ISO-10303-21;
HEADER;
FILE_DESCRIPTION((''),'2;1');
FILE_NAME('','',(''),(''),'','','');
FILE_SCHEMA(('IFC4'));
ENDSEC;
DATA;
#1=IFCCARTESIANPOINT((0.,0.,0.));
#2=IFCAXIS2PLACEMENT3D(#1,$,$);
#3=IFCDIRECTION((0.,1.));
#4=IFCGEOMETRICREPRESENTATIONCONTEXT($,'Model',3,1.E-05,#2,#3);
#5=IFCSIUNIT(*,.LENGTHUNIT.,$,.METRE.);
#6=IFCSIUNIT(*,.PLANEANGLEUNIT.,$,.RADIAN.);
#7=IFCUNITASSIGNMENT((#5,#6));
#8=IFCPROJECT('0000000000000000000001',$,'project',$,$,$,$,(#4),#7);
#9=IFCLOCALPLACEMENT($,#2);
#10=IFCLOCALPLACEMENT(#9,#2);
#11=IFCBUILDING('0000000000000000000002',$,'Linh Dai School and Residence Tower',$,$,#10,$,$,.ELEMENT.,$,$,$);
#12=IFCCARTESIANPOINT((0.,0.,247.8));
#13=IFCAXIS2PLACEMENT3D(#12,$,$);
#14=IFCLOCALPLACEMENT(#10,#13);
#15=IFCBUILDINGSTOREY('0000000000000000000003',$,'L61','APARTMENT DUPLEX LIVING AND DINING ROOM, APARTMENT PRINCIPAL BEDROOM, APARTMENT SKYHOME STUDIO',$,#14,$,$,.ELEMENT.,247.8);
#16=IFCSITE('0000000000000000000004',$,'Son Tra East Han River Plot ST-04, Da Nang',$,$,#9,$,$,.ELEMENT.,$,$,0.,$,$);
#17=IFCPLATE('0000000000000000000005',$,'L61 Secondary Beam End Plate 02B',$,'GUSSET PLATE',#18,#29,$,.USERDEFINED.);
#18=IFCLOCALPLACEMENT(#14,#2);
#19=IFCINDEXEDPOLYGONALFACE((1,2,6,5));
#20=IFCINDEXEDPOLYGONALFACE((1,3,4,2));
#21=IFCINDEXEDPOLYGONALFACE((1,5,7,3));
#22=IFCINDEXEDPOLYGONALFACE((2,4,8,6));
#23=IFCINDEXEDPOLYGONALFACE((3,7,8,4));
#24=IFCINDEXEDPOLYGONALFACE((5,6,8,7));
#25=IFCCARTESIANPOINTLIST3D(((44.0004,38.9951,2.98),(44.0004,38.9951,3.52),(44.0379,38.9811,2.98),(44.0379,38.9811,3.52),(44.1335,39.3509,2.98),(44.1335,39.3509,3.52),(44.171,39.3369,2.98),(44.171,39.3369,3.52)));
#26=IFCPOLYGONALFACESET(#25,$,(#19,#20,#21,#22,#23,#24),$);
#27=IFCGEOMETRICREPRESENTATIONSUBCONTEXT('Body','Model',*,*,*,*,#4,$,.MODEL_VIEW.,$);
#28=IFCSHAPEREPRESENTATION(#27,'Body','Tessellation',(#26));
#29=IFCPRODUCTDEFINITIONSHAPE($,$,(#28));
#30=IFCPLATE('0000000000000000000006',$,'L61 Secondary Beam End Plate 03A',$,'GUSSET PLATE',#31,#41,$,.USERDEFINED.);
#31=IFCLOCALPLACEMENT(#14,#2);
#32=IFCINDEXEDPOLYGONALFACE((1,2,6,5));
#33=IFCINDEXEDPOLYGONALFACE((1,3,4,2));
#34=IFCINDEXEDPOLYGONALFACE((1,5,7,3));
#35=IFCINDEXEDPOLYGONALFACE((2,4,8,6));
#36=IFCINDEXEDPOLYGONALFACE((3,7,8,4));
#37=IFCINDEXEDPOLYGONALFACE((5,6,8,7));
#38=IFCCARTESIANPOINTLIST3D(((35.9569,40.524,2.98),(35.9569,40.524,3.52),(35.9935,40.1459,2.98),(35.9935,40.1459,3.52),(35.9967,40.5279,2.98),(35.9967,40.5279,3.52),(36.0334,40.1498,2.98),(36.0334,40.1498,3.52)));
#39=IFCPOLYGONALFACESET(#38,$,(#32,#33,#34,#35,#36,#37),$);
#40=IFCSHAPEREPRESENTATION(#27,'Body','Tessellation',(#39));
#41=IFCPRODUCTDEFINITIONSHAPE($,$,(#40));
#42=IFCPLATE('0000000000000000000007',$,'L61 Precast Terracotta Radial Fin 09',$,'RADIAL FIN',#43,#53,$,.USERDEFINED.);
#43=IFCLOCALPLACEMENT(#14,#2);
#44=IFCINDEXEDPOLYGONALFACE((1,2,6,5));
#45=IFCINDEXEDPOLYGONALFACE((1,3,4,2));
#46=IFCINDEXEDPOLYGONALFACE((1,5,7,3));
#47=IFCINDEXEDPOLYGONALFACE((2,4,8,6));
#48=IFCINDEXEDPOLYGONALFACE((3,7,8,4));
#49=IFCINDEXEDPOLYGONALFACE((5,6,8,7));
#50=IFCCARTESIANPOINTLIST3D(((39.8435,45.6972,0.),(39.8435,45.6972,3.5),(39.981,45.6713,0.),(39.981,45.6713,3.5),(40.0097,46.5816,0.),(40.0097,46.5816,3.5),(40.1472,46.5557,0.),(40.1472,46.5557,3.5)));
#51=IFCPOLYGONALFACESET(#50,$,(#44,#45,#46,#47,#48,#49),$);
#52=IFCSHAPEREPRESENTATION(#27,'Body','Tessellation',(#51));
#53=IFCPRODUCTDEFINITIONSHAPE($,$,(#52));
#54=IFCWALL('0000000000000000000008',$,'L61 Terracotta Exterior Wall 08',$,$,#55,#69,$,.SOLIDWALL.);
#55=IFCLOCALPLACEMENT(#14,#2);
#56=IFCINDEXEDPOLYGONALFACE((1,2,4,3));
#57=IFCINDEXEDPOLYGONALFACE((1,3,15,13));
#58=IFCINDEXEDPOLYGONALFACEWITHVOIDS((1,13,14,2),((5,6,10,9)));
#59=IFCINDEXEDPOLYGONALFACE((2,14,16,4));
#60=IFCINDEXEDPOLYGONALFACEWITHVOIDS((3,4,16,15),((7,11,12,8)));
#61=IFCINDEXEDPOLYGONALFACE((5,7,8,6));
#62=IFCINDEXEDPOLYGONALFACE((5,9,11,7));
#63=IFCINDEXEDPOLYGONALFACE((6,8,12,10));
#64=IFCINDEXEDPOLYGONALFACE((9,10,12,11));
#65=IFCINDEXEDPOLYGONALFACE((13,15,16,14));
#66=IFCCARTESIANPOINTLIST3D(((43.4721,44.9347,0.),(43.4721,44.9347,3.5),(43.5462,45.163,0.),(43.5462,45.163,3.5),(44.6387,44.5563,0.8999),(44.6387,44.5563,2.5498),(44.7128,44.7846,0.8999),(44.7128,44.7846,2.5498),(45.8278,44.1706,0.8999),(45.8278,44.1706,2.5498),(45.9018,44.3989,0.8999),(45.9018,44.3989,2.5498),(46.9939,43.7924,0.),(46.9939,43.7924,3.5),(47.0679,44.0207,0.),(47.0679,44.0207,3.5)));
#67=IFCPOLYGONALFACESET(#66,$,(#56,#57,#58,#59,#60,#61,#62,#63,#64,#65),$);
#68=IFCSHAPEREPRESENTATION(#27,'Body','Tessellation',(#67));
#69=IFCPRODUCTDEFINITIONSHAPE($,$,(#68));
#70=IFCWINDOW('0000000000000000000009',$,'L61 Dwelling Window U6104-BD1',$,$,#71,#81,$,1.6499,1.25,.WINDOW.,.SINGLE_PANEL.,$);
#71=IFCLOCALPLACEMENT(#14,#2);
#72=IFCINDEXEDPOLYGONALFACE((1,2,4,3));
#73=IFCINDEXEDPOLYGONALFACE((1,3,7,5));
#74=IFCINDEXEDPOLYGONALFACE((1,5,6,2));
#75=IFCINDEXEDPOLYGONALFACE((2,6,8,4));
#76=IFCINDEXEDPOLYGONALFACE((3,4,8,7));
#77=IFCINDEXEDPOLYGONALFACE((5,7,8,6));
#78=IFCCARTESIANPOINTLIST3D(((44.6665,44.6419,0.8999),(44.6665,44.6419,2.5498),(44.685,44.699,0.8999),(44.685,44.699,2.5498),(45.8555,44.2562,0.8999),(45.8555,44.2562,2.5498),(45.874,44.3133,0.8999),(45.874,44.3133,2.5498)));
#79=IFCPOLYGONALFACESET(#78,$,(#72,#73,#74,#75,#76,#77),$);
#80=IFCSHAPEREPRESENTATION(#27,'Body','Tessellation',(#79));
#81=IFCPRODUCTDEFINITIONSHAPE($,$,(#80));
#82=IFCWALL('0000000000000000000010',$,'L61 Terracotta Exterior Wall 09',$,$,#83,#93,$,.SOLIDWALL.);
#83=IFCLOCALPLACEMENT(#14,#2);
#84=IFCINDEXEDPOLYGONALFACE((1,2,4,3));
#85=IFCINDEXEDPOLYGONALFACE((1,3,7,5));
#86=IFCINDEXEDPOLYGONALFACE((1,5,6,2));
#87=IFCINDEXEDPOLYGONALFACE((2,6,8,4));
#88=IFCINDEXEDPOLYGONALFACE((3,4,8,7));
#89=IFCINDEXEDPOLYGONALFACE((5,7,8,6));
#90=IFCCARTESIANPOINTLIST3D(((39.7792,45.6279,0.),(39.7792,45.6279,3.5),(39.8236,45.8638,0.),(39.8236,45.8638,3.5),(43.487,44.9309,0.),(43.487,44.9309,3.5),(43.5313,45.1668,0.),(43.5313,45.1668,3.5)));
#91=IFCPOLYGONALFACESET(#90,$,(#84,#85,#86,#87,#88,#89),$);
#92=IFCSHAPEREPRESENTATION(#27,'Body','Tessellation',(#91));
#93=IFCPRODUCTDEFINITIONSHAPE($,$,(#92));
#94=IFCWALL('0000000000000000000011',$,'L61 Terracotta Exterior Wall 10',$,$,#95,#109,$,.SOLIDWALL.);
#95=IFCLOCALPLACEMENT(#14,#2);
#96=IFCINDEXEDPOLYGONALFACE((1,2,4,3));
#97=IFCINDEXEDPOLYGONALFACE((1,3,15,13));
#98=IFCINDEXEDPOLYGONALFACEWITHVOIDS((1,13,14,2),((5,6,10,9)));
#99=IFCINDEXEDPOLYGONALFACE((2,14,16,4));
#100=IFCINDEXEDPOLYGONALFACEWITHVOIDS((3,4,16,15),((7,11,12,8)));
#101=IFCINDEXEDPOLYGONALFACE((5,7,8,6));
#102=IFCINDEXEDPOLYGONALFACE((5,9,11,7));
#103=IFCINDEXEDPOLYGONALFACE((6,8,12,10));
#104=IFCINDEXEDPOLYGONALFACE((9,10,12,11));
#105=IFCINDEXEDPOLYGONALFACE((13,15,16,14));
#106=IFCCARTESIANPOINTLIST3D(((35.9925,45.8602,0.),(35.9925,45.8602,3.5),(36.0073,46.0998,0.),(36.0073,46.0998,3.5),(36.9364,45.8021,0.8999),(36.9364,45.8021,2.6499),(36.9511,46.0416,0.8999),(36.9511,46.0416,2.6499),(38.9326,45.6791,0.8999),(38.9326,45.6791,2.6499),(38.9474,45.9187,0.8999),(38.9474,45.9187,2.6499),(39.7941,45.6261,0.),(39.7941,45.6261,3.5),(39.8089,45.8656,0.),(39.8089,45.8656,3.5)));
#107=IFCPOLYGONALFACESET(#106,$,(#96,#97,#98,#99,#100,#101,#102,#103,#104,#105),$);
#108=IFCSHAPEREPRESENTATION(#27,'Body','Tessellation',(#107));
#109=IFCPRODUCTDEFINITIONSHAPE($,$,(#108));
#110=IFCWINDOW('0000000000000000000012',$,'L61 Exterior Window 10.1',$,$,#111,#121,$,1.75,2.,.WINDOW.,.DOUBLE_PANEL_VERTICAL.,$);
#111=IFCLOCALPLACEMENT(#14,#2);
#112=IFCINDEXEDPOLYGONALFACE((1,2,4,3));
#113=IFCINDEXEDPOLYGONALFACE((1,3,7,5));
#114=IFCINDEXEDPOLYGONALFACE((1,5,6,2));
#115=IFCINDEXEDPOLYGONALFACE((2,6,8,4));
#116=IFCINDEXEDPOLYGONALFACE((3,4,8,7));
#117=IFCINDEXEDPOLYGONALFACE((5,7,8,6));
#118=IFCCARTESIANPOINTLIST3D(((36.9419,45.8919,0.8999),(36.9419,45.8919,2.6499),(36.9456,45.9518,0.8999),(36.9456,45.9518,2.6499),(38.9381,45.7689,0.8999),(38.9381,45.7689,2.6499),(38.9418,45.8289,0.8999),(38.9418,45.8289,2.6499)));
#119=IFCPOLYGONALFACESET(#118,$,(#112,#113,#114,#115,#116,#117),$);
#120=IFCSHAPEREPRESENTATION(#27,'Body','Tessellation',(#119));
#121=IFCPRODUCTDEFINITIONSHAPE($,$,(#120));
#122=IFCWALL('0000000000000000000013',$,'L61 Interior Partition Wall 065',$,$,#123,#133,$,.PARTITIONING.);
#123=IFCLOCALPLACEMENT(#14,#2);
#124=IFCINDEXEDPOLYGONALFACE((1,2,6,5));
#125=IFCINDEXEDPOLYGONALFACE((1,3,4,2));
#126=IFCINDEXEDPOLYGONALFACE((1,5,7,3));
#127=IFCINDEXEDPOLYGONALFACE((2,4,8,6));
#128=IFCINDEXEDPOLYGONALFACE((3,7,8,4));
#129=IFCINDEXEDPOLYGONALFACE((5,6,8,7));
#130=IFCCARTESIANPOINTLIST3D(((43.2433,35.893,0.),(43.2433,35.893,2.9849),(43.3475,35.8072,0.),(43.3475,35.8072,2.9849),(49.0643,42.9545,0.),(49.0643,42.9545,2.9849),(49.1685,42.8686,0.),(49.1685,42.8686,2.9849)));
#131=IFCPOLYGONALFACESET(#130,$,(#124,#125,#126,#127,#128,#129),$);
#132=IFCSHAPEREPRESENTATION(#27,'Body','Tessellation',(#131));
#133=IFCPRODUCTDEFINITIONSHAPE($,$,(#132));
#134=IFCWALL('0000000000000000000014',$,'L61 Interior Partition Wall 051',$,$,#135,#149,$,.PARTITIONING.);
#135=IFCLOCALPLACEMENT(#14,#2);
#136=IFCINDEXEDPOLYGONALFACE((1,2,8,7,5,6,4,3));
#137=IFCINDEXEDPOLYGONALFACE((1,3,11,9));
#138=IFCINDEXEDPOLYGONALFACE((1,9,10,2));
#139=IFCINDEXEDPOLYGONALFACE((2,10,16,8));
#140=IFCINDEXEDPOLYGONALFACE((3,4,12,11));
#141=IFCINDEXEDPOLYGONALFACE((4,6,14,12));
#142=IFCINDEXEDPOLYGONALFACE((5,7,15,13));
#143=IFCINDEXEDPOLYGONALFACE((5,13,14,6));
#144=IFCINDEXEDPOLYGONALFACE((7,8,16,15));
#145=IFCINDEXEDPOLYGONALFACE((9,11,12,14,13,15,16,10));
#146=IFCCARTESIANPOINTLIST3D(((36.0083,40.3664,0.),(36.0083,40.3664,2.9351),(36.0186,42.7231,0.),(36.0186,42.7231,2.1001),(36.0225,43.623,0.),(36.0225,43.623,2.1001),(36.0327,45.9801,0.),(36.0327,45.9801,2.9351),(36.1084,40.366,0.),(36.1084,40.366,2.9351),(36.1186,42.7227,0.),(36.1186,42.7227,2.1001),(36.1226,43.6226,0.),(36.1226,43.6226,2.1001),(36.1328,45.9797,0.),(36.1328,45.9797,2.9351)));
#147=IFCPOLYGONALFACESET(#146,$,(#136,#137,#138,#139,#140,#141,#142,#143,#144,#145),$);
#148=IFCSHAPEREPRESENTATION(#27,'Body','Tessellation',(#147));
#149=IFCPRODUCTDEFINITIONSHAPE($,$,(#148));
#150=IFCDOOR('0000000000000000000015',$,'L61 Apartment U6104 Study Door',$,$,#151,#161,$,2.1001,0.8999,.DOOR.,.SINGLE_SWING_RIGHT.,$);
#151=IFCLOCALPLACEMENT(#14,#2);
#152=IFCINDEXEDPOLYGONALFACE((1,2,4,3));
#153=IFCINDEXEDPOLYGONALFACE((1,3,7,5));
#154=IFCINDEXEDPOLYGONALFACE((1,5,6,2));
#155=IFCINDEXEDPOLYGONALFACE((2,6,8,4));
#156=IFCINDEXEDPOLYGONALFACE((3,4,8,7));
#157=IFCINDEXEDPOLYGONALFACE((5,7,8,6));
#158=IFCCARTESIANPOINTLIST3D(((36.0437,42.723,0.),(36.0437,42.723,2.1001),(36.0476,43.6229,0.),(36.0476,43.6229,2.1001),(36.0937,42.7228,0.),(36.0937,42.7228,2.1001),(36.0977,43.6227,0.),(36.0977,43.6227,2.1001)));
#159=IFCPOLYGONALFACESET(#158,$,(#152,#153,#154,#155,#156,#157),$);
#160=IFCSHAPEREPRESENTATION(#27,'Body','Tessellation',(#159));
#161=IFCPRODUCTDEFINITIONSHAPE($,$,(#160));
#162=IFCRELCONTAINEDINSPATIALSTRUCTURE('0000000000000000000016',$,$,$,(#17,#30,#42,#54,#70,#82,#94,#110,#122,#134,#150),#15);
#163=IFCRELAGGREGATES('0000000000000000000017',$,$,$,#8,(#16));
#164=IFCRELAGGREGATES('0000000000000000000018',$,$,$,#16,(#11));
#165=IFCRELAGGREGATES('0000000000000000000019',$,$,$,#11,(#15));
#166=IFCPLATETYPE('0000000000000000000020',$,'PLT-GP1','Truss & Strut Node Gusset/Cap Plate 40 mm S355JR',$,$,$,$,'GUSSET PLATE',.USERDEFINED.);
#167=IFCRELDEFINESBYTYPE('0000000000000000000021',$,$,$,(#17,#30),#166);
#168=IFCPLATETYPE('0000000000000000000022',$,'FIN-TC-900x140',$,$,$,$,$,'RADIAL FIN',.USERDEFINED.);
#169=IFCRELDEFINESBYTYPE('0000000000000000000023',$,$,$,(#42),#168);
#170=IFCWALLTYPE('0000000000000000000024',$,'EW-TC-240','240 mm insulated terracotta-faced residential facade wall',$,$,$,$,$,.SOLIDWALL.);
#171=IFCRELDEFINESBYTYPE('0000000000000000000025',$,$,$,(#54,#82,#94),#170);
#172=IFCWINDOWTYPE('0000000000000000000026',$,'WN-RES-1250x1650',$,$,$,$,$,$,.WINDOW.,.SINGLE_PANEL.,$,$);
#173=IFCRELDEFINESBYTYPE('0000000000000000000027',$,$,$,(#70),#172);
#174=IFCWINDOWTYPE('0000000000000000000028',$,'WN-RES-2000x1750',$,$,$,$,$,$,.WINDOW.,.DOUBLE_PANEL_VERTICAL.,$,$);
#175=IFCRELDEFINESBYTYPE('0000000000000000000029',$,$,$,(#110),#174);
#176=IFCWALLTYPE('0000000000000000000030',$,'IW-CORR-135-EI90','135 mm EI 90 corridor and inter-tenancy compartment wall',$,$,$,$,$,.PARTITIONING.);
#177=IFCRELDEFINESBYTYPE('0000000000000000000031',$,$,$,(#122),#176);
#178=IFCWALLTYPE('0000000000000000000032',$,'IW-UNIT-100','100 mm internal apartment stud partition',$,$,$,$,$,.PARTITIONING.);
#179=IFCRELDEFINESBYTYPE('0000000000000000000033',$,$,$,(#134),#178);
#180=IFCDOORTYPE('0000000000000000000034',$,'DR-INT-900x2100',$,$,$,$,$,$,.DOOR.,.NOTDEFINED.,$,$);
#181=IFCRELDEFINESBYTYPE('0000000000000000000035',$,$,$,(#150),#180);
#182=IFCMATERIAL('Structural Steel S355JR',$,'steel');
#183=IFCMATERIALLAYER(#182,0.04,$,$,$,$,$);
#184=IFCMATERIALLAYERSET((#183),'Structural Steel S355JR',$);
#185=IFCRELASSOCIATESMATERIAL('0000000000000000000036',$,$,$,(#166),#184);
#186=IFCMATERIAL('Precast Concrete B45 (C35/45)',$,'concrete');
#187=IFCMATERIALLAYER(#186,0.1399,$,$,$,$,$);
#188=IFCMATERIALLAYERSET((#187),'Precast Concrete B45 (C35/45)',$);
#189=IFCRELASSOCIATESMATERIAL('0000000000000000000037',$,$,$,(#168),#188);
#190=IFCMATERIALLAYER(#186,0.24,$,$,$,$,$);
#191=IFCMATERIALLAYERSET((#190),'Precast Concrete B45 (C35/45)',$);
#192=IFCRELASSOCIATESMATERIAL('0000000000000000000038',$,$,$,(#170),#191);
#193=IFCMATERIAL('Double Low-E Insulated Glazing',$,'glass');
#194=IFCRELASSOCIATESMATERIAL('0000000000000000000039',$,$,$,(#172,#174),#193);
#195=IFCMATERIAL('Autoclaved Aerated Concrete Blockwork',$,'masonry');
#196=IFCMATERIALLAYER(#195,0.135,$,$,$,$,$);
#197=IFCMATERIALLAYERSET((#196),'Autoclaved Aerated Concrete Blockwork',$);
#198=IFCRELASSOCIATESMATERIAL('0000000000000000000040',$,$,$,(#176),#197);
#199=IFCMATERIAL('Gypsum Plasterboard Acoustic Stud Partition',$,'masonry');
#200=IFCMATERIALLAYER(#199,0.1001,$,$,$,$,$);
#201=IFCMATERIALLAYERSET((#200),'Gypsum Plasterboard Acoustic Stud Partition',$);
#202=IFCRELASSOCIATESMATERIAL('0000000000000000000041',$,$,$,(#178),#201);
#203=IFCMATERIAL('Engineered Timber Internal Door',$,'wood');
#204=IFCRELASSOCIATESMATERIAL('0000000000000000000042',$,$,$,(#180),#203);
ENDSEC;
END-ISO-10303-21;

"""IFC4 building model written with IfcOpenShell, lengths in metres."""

from ifc_helpers import new_model, si_unit, direction, frame, frame_2d, origin, origin_2d, place, context, subcontext, project, spatial, rectangle, extrude, source, transform, mapped, material, layer, layer_set, type_object, element, fill, save


model = new_model("IFC4")

# Units and contexts
model_context = context("Model", 3, precision=1e-05, world=origin(), true_north=direction((0.0, 1.0)))
body_context = subcontext(model_context, "Body", "Model", "MODEL_VIEW")
ifc_project = project(units=[si_unit("LENGTHUNIT", "METRE"), si_unit("PLANEANGLEUNIT", "RADIAN")], contexts=[model_context])

# Site, building, storey
site_placement = place(None, origin())
site = spatial("IfcSite", under=ifc_project, at=site_placement, Name="Son Tra East Han River Plot ST-04, Da Nang", CompositionType="ELEMENT", RefElevation=0.0)
building_placement = place(site_placement, origin())
building = spatial("IfcBuilding", under=site, at=building_placement, Name="Linh Dai School and Residence Tower", CompositionType="ELEMENT")
storey_placement = place(building_placement, frame((0.0, 0.0, 247.8)))
storey = spatial("IfcBuildingStorey", under=building, at=storey_placement, Name="L61", Description="APARTMENT DUPLEX LIVING AND DINING ROOM, APARTMENT PRINCIPAL BEDROOM, APARTMENT SKYHOME STUDIO", CompositionType="ELEMENT", Elevation=247.8)

# Shared definitions
ifc_material_1 = material(Name="Structural Steel S355JR", Category="steel")

# Plates
ifc_layer_1 = layer(ifc_material_1, 0.04)
ifc_layer_set_1 = layer_set([ifc_layer_1], Name="Structural Steel S355JR")
plate_type_1 = type_object("IfcPlateType", Name="PLT-GP1", Description="Truss & Strut Node Gusset/Cap Plate 40 mm S355JR", ElementType="GUSSET PLATE", PredefinedType="USERDEFINED", material=ifc_layer_set_1)
shared_shape_1 = source(origin(), body_context, "Body", "SweptSolid", [
    extrude(rectangle(XDim=0.04, YDim=0.3799, at=origin_2d()), origin(), (0.0, 0.0, 1.0), 0.54),
])
for number, where, z_axis, x_axis, name in (
    (1, (44.0857, 39.166, 2.98), (0.0, 0.0, 1.0), (-0.936534, 0.350577, 0.0), "L61 Secondary Beam End Plate 02B"),
    (2, (35.9951, 40.3369, 2.98), (0.0, 0.0, 1.0), (-0.995333, -0.096497, 0.0), "L61 Secondary Beam End Plate 03A"),
):
    element("IfcPlate", number, at=place(storey_placement, frame(where, z_axis=z_axis, x_axis=x_axis)), inside=storey, type_object=plate_type_1, Name=name, ObjectType="GUSSET PLATE", PredefinedType="USERDEFINED", context=body_context, shape_type="MappedRepresentation", body=[
        mapped(shared_shape_1, transform((0.0, 0.0, 0.0), x_axis=(1.0, 0.0, 0.0), y_axis=(0.0, 1.0, 0.0), z_axis=(0.0, 0.0, 1.0), scale=1.0)),
    ])
ifc_material_2 = material(Name="Precast Concrete B45 (C35/45)", Category="concrete")
ifc_layer_2 = layer(ifc_material_2, 0.1399)
ifc_layer_set_2 = layer_set([ifc_layer_2], Name="Precast Concrete B45 (C35/45)")
plate_type_2 = type_object("IfcPlateType", Name="FIN-TC-900x140", ElementType="RADIAL FIN", PredefinedType="USERDEFINED", material=ifc_layer_set_2)
shared_shape_2 = source(origin(), body_context, "Body", "SweptSolid", [
    extrude(rectangle(XDim=0.8999, YDim=0.1399, at=origin_2d()), origin(), (0.0, 0.0, 1.0), 3.5),
])
plate_placement = place(storey_placement, frame((39.9954, 46.1265, 0.0), z_axis=(0.0, 0.0, 1.0), x_axis=(0.184744, 0.982787, 0.0)))
element("IfcPlate", 3, at=plate_placement, inside=storey, type_object=plate_type_2, Name="L61 Precast Terracotta Radial Fin 09", ObjectType="RADIAL FIN", PredefinedType="USERDEFINED", context=body_context, shape_type="MappedRepresentation", body=[
    mapped(shared_shape_2, transform((0.0, 0.0, 0.0), x_axis=(1.0, 0.0, 0.0), y_axis=(0.0, 1.0, 0.0), z_axis=(0.0, 0.0, 1.0), scale=1.0)),
])

# Wall, opening, window
ifc_layer_3 = layer(ifc_material_2, 0.24)
ifc_layer_set_3 = layer_set([ifc_layer_3], Name="Precast Concrete B45 (C35/45)")
wall_type_1 = type_object("IfcWallType", Name="EW-TC-240", Description="240 mm insulated terracotta-faced residential facade wall", PredefinedType="SOLIDWALL", material=ifc_layer_set_3)
wall_1_placement = place(storey_placement, frame((43.5093, 45.0488, 0.0), z_axis=(0.0, 0.0, 1.0), x_axis=(0.951211, -0.308542, 0.0)))
wall_1 = element("IfcWall", 4, at=wall_1_placement, inside=storey, type_object=wall_type_1, Name="L61 Terracotta Exterior Wall 08", PredefinedType="SOLIDWALL", context=body_context, shape_type="SweptSolid", body=[
    extrude(rectangle(XDim=3.7024, YDim=0.24, at=frame_2d((1.8511, 0.0))), origin(), (0.0, 0.0, 1.0), 3.5),
])
opening_1_placement = place(wall_1_placement, frame((1.2263, 0.0, 0.8999)))
opening_1 = element("IfcOpeningElement", 5, at=opening_1_placement, cuts=wall_1, PredefinedType="OPENING", context=body_context, shape_type="SweptSolid", body=[
    extrude(rectangle(XDim=1.25, YDim=1.6499, at=origin_2d()), frame((0.625, 0.1299, 0.825), z_axis=(0.0, -1.0, 0.0), x_axis=(1.0, 0.0, 0.0)), (0.0, 0.0, 1.0), 0.26),
])
ifc_material_3 = material(Name="Double Low-E Insulated Glazing", Category="glass")
window_type_1 = type_object("IfcWindowType", Name="WN-RES-1250x1650", PartitioningType="SINGLE_PANEL", PredefinedType="WINDOW", material=ifc_material_3)
shared_shape_3 = source(origin(), body_context, "Body", "SweptSolid", [
    extrude(rectangle(XDim=1.25, YDim=1.6499, at=origin_2d()), frame((0.625, 0.03, 0.825), z_axis=(0.0, -1.0, 0.0), x_axis=(1.0, 0.0, 0.0)), (0.0, 0.0, 1.0), 0.0601),
])
window_1_placement = place(opening_1_placement, origin())
window_1 = element("IfcWindow", 6, at=window_1_placement, inside=storey, type_object=window_type_1, Name="L61 Dwelling Window U6104-BD1", OverallHeight=1.6499, OverallWidth=1.25, PartitioningType="SINGLE_PANEL", PredefinedType="WINDOW", context=body_context, shape_type="MappedRepresentation", body=[
    mapped(shared_shape_3, transform((0.0, 0.0, 0.0), x_axis=(1.0, 0.0, 0.0), y_axis=(0.0, 1.0, 0.0), z_axis=(0.0, 0.0, 1.0), scale=1.0)),
])
fill(opening_1, window_1)

# Wall
wall_2_placement = place(storey_placement, frame((39.8015, 45.7458, 0.0), z_axis=(0.0, 0.0, 1.0), x_axis=(0.982785, -0.184753, 0.0)))
element("IfcWall", 7, at=wall_2_placement, inside=storey, type_object=wall_type_1, Name="L61 Terracotta Exterior Wall 09", PredefinedType="SOLIDWALL", context=body_context, shape_type="SweptSolid", body=[
    extrude(rectangle(XDim=3.7727, YDim=0.24, at=frame_2d((1.8862, 0.0))), origin(), (0.0, 0.0, 1.0), 3.5),
])

# Wall, opening, window
wall_3_placement = place(storey_placement, frame((36.0, 45.98, 0.0), z_axis=(0.0, 0.0, 1.0), x_axis=(0.998109, -0.061472, 0.0)))
wall_3 = element("IfcWall", 8, at=wall_3_placement, inside=storey, type_object=wall_type_1, Name="L61 Terracotta Exterior Wall 10", PredefinedType="SOLIDWALL", context=body_context, shape_type="SweptSolid", body=[
    extrude(rectangle(XDim=3.8088, YDim=0.24, at=frame_2d((1.9043, 0.0))), origin(), (0.0, 0.0, 1.0), 3.5),
])
opening_2_placement = place(wall_3_placement, frame((0.9456, 0.0, 0.8999)))
opening_2 = element("IfcOpeningElement", 9, at=opening_2_placement, cuts=wall_3, PredefinedType="OPENING", context=body_context, shape_type="SweptSolid", body=[
    extrude(rectangle(XDim=2.0, YDim=1.75, at=origin_2d()), frame((1.0, 0.1299, 0.875), z_axis=(0.0, -1.0, 0.0), x_axis=(1.0, 0.0, 0.0)), (0.0, 0.0, 1.0), 0.26),
])
window_type_2 = type_object("IfcWindowType", Name="WN-RES-2000x1750", PartitioningType="DOUBLE_PANEL_VERTICAL", PredefinedType="WINDOW", material=ifc_material_3)
shared_shape_4 = source(origin(), body_context, "Body", "SweptSolid", [
    extrude(rectangle(XDim=2.0, YDim=1.75, at=origin_2d()), frame((1.0, 0.03, 0.875), z_axis=(0.0, -1.0, 0.0), x_axis=(1.0, 0.0, 0.0)), (0.0, 0.0, 1.0), 0.0601),
])
window_2_placement = place(opening_2_placement, origin())
window_2 = element("IfcWindow", 10, at=window_2_placement, inside=storey, type_object=window_type_2, Name="L61 Exterior Window 10.1", OverallHeight=1.75, OverallWidth=2.0, PartitioningType="DOUBLE_PANEL_VERTICAL", PredefinedType="WINDOW", context=body_context, shape_type="MappedRepresentation", body=[
    mapped(shared_shape_4, transform((0.0, 0.0, 0.0), x_axis=(1.0, 0.0, 0.0), y_axis=(0.0, 1.0, 0.0), z_axis=(0.0, 0.0, 1.0), scale=1.0)),
])
fill(opening_2, window_2)

# Wall
ifc_material_4 = material(Name="Autoclaved Aerated Concrete Blockwork", Category="masonry")
ifc_layer_4 = layer(ifc_material_4, 0.135)
ifc_layer_set_4 = layer_set([ifc_layer_4], Name="Autoclaved Aerated Concrete Blockwork")
wall_type_2 = type_object("IfcWallType", Name="IW-CORR-135-EI90", Description="135 mm EI 90 corridor and inter-tenancy compartment wall", PredefinedType="PARTITIONING", material=ifc_layer_set_4)
wall_4_placement = place(storey_placement, frame((43.2954, 35.8501, 0.0), z_axis=(0.0, 0.0, 1.0), x_axis=(0.636077, 0.771626, 0.0)))
element("IfcWall", 11, at=wall_4_placement, inside=storey, type_object=wall_type_2, Name="L61 Interior Partition Wall 065", PredefinedType="PARTITIONING", context=body_context, shape_type="SweptSolid", body=[
    extrude(rectangle(XDim=9.1514, YDim=0.135, at=frame_2d((4.5757, 0.0))), origin(), (0.0, 0.0, 1.0), 2.9849),
])

# Wall, opening, door
ifc_material_5 = material(Name="Gypsum Plasterboard Acoustic Stud Partition", Category="masonry")
ifc_layer_5 = layer(ifc_material_5, 0.1001)
ifc_layer_set_5 = layer_set([ifc_layer_5], Name="Gypsum Plasterboard Acoustic Stud Partition")
wall_type_3 = type_object("IfcWallType", Name="IW-UNIT-100", Description="100 mm internal apartment stud partition", PredefinedType="PARTITIONING", material=ifc_layer_set_5)
wall_5_placement = place(storey_placement, frame((36.0583, 40.3662, 0.0), z_axis=(0.0, 0.0, 1.0), x_axis=(0.004349, 0.999991, 0.0)))
wall_5 = element("IfcWall", 12, at=wall_5_placement, inside=storey, type_object=wall_type_3, Name="L61 Interior Partition Wall 051", PredefinedType="PARTITIONING", context=body_context, shape_type="SweptSolid", body=[
    extrude(rectangle(XDim=5.6138, YDim=0.1001, at=frame_2d((2.8069, 0.0))), origin(), (0.0, 0.0, 1.0), 2.9351),
])
opening_3_placement = place(wall_5_placement, frame((2.3567, 0.0, 0.0)))
opening_3 = element("IfcOpeningElement", 13, at=opening_3_placement, cuts=wall_5, PredefinedType="OPENING", context=body_context, shape_type="SweptSolid", body=[
    extrude(rectangle(XDim=0.8999, YDim=2.1001, at=origin_2d()), frame((0.45, 0.0601, 1.05), z_axis=(0.0, -1.0, 0.0), x_axis=(1.0, 0.0, 0.0)), (0.0, 0.0, 1.0), 0.1201),
])
ifc_material_6 = material(Name="Engineered Timber Internal Door", Category="wood")
door_type = type_object("IfcDoorType", Name="DR-INT-900x2100", OperationType="NOTDEFINED", PredefinedType="DOOR", material=ifc_material_6)
shared_shape_5 = source(origin(), body_context, "Body", "SweptSolid", [
    extrude(rectangle(XDim=0.8999, YDim=2.1001, at=origin_2d()), frame((0.45, 0.0249, 1.05), z_axis=(0.0, -1.0, 0.0), x_axis=(1.0, 0.0, 0.0)), (0.0, 0.0, 1.0), 0.05),
])
door_1_placement = place(opening_3_placement, origin())
door_1 = element("IfcDoor", 14, at=door_1_placement, inside=storey, type_object=door_type, Name="L61 Apartment U6104 Study Door", OperationType="SINGLE_SWING_RIGHT", OverallHeight=2.1001, OverallWidth=0.8999, PredefinedType="DOOR", context=body_context, shape_type="MappedRepresentation", body=[
    mapped(shared_shape_5, transform((0.0, 0.0, 0.0), x_axis=(1.0, 0.0, 0.0), y_axis=(0.0, 1.0, 0.0), z_axis=(0.0, 0.0, 1.0), scale=1.0)),
])
fill(opening_3, door_1)

save(model, "model.ifc")
